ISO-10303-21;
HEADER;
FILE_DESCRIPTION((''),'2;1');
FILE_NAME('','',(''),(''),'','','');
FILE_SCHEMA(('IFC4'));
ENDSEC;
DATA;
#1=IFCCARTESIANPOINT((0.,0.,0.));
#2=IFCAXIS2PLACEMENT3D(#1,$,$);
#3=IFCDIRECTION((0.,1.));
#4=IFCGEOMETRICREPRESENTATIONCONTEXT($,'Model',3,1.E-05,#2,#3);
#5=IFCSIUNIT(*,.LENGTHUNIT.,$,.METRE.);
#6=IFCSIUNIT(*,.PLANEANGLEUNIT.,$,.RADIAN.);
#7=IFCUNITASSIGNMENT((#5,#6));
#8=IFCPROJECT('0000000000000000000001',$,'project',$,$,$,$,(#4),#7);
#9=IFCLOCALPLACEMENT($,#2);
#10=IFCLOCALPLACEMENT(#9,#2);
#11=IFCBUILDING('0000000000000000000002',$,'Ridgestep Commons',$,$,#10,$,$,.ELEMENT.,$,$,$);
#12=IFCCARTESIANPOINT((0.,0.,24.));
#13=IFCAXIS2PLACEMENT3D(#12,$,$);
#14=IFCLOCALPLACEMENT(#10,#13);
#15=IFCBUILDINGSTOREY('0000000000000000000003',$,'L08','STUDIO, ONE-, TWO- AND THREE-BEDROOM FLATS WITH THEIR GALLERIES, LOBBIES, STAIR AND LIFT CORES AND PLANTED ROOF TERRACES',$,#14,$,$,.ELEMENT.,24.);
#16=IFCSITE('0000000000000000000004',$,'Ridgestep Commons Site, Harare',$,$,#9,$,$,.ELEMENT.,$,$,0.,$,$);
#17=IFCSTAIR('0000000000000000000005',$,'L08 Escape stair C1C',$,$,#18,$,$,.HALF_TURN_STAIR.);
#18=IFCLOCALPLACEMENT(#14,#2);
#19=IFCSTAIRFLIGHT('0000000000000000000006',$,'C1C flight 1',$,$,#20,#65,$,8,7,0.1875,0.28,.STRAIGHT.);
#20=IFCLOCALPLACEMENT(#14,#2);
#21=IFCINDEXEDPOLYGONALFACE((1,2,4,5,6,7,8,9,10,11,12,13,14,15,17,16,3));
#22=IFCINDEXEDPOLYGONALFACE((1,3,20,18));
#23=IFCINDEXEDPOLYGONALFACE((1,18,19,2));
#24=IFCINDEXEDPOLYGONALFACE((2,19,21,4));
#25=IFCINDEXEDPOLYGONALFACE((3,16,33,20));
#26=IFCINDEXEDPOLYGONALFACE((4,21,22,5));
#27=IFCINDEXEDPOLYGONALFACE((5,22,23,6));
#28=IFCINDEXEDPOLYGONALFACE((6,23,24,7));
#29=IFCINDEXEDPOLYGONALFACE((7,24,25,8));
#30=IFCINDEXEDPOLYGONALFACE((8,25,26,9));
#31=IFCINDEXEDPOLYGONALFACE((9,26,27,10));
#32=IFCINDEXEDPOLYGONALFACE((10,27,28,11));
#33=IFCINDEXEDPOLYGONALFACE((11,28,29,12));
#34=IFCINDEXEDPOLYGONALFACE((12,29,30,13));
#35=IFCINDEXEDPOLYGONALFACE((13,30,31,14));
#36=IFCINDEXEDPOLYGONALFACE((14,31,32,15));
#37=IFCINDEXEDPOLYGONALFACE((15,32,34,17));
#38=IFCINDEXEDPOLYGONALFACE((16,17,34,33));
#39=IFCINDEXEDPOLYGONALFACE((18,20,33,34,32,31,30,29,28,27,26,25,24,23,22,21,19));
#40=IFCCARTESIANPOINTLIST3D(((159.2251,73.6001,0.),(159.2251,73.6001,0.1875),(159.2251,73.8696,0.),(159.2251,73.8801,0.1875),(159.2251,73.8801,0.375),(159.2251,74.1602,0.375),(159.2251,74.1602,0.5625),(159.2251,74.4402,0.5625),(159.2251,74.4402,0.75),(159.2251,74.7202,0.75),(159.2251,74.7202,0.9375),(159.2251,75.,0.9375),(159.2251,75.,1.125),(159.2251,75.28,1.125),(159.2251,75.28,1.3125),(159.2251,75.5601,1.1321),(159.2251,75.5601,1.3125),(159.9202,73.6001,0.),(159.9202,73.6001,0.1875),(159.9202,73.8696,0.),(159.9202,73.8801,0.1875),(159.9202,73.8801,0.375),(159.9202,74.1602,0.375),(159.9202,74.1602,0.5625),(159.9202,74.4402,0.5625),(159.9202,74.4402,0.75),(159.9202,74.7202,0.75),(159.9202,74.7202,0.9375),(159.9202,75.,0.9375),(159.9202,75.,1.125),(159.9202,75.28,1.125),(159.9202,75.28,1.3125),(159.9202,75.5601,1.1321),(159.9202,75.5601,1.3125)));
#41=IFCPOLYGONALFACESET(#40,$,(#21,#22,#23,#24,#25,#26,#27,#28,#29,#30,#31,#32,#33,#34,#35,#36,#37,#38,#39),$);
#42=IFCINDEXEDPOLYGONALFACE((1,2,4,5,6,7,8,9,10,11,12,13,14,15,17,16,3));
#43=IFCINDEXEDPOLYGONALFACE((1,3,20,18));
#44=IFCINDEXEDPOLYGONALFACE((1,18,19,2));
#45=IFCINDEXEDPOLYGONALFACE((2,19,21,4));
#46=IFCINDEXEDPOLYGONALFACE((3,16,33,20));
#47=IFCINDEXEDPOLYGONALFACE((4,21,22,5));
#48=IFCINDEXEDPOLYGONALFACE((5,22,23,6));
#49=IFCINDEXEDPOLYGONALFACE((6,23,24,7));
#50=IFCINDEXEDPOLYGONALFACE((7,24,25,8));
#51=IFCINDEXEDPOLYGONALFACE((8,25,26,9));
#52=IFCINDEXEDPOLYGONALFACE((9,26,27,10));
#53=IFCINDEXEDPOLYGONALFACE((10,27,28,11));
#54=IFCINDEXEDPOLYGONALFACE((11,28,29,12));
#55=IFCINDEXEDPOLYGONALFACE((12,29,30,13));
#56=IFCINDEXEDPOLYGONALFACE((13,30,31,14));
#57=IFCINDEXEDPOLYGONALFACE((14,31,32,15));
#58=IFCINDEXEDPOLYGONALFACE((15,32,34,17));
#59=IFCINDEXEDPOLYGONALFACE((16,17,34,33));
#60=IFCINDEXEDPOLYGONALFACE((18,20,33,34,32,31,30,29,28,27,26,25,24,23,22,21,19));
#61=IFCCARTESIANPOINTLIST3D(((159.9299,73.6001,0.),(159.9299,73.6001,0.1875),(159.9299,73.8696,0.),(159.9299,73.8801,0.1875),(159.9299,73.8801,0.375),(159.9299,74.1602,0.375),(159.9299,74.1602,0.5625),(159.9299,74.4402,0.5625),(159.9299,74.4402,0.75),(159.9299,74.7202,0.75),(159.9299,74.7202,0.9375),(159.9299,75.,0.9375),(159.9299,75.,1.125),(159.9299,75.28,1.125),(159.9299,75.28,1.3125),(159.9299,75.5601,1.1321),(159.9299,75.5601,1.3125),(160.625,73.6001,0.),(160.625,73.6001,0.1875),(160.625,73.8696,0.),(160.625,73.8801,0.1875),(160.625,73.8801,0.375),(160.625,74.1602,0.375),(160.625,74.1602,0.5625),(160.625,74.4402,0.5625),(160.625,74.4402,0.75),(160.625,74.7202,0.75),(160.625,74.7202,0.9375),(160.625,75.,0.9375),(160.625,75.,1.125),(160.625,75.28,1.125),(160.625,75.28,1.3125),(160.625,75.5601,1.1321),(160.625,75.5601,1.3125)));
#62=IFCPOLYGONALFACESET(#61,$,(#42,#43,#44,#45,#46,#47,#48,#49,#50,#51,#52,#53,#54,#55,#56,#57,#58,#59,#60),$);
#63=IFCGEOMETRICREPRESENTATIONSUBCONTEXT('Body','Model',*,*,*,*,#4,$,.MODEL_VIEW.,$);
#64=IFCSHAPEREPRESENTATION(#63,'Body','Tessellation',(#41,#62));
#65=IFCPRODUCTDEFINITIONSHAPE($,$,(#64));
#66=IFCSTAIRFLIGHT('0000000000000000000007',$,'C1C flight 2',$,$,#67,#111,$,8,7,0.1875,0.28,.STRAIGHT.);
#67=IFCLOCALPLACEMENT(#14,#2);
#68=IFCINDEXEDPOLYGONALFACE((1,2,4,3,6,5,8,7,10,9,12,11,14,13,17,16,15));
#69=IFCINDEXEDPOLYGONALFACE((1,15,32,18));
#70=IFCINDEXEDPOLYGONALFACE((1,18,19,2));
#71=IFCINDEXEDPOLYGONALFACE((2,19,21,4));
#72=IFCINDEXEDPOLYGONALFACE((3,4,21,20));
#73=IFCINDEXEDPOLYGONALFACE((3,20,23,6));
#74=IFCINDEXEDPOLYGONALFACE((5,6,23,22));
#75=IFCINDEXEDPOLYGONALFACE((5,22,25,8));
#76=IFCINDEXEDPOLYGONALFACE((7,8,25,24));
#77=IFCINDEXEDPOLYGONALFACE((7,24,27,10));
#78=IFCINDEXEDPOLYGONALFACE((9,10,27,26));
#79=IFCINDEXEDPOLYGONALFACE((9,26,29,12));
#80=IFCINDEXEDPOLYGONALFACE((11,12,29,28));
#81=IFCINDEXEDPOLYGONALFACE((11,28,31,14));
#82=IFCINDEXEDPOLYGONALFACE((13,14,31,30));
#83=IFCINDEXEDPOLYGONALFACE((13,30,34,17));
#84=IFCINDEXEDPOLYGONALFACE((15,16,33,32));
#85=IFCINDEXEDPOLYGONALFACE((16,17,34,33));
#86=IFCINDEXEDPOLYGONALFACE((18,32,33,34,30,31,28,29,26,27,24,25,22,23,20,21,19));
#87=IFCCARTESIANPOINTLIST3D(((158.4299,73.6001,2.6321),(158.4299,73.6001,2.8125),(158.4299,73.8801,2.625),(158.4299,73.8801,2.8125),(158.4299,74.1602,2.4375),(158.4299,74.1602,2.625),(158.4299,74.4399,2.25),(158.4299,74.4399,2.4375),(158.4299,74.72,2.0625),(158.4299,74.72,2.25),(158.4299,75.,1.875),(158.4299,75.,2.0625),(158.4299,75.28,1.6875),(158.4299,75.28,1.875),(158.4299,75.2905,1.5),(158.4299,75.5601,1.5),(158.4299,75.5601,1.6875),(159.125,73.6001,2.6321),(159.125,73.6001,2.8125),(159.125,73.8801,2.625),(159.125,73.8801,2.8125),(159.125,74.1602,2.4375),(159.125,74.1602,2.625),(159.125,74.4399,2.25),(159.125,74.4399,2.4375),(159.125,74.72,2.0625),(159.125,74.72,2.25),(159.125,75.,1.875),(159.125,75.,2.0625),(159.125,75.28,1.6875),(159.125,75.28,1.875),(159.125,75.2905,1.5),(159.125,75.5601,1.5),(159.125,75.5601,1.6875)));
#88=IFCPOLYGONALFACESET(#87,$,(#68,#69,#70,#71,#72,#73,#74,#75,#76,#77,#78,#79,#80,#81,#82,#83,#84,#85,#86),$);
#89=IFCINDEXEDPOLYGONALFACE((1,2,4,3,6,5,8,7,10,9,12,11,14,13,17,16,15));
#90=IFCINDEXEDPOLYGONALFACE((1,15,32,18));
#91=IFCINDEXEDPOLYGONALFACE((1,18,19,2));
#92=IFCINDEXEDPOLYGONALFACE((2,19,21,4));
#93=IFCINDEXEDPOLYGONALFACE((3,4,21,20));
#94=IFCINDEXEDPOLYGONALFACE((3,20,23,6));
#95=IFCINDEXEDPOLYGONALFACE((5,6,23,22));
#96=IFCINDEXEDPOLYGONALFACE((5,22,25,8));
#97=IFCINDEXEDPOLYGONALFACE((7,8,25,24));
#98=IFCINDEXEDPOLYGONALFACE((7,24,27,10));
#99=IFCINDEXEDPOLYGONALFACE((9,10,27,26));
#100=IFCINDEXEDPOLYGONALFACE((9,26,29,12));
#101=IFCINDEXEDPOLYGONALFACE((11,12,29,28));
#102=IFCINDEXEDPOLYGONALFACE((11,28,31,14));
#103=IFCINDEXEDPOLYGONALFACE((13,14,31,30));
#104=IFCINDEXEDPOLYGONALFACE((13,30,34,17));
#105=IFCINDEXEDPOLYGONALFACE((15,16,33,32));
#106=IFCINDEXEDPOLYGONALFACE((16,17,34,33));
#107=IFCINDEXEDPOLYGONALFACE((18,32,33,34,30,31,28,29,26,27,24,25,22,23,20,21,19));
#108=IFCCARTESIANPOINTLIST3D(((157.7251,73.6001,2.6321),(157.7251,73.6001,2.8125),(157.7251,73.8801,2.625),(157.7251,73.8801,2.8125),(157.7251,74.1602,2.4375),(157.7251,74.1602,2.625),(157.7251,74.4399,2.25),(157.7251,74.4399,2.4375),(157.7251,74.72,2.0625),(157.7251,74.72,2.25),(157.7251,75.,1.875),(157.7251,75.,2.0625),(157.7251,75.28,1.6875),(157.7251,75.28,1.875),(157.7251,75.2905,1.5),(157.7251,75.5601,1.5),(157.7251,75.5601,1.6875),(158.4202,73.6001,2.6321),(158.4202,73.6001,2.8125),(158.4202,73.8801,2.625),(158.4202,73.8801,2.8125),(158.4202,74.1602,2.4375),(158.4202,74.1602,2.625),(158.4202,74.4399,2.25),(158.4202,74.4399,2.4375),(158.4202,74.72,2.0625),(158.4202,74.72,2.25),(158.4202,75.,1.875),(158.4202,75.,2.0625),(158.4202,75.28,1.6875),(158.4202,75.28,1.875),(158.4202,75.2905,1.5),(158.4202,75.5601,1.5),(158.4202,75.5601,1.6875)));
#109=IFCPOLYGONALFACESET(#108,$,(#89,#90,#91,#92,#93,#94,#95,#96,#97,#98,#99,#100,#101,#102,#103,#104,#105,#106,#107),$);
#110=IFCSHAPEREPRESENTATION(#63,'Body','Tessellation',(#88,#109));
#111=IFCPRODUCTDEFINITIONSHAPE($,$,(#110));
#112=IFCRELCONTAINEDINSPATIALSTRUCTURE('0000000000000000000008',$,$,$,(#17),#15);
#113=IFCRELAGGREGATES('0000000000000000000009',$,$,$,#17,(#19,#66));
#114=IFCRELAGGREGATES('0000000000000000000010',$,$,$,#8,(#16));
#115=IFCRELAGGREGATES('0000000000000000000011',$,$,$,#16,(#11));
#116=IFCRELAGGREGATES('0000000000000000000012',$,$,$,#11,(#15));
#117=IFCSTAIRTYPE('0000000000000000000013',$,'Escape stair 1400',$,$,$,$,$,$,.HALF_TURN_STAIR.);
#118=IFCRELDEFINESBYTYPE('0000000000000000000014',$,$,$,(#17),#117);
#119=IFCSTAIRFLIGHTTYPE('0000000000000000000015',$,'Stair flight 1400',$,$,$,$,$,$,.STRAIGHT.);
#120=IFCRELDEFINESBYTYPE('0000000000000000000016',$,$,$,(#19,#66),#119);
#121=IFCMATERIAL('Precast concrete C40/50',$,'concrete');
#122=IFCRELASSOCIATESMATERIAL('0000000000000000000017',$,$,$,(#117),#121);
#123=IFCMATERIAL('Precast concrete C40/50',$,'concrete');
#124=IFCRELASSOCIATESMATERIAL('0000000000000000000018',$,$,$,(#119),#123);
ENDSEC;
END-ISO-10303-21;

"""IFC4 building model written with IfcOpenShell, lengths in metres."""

from ifc_helpers import new_model, si_unit, direction, frame, origin, place, context, subcontext, project, spatial, polyline, outline, extrude, material, type_object, element, aggregate, save


model = new_model("IFC4")

# Units and contexts
model_context = context("Model", 3, precision=1e-05, world=origin(), true_north=direction((0.0, 1.0)))
body_context = subcontext(model_context, "Body", "Model", "MODEL_VIEW")
ifc_project = project(units=[si_unit("LENGTHUNIT", "METRE"), si_unit("PLANEANGLEUNIT", "RADIAN")], contexts=[model_context])

# Site, building, storey
site_placement = place(None, origin())
site = spatial("IfcSite", under=ifc_project, at=site_placement, Name="Ridgestep Commons Site, Harare", CompositionType="ELEMENT", RefElevation=0.0)
building_placement = place(site_placement, origin())
building = spatial("IfcBuilding", under=site, at=building_placement, Name="Ridgestep Commons", CompositionType="ELEMENT")
storey_placement = place(building_placement, frame((0.0, 0.0, 24.0)))
storey = spatial("IfcBuildingStorey", under=building, at=storey_placement, Name="L08", Description="STUDIO, ONE-, TWO- AND THREE-BEDROOM FLATS WITH THEIR GALLERIES, LOBBIES, STAIR AND LIFT CORES AND PLANTED ROOF TERRACES", CompositionType="ELEMENT", Elevation=24.0)

# Stair, stair flights
ifc_material_1 = material(Name="Precast concrete C40/50", Category="concrete")
stair_type = type_object("IfcStairType", Name="Escape stair 1400", PredefinedType="HALF_TURN_STAIR", material=ifc_material_1)
stair_placement = place(storey_placement, origin())
stair = element("IfcStair", 1, at=stair_placement, inside=storey, type_object=stair_type, Name="L08 Escape stair C1C", PredefinedType="HALF_TURN_STAIR")
ifc_material_2 = material(Name="Precast concrete C40/50", Category="concrete")
stair_flight_type = type_object("IfcStairFlightType", Name="Stair flight 1400", PredefinedType="STRAIGHT", material=ifc_material_2)
stair_flight_1_placement = place(storey_placement, frame((159.925, 73.6001, 0.0), z_axis=(0.0, 0.0, 1.0), x_axis=(0.0, 1.0, 0.0)))
stair_flight_1 = element("IfcStairFlight", 2, at=stair_flight_1_placement, type_object=stair_flight_type, Name="C1C flight 1", NumberOfRisers=8, NumberOfTreads=7, PredefinedType="STRAIGHT", RiserHeight=0.1875, TreadLength=0.28, context=body_context, shape_type="SweptSolid", body=[
    extrude(outline(polyline([(0.0, 0.0), (0.0, 0.1875), (0.28, 0.1875), (0.28, 0.375), (0.5601, 0.375), (0.5601, 0.5625), (0.8401, 0.5625), (0.8401, 0.75), (1.1201, 0.75), (1.1201, 0.9375), (1.3999, 0.9375), (1.3999, 1.125), (1.6799, 1.125), (1.6799, 1.3125), (1.96, 1.3125), (1.96, 1.5), (1.96, 1.1321), (0.2695, 0.0), (0.0, 0.0)])), frame((0.0, 0.7, 0.0), z_axis=(0.0, -1.0, 0.0), x_axis=(1.0, 0.0, 0.0)), (0.0, 0.0, 1.0), 0.6951),
    extrude(outline(polyline([(0.0, 0.0), (0.0, 0.1875), (0.28, 0.1875), (0.28, 0.375), (0.5601, 0.375), (0.5601, 0.5625), (0.8401, 0.5625), (0.8401, 0.75), (1.1201, 0.75), (1.1201, 0.9375), (1.3999, 0.9375), (1.3999, 1.125), (1.6799, 1.125), (1.6799, 1.3125), (1.96, 1.3125), (1.96, 1.5), (1.96, 1.1321), (0.2695, 0.0), (0.0, 0.0)])), frame((0.0, -0.0049, 0.0), z_axis=(0.0, -1.0, 0.0), x_axis=(1.0, 0.0, 0.0)), (0.0, 0.0, 1.0), 0.6951),
])
stair_flight_2_placement = place(storey_placement, frame((158.425, 75.5601, 1.5), z_axis=(0.0, 0.0, 1.0), x_axis=(0.0, -1.0, 0.0)))
stair_flight_2 = element("IfcStairFlight", 3, at=stair_flight_2_placement, type_object=stair_flight_type, Name="C1C flight 2", NumberOfRisers=8, NumberOfTreads=7, PredefinedType="STRAIGHT", RiserHeight=0.1875, TreadLength=0.28, context=body_context, shape_type="SweptSolid", body=[
    extrude(outline(polyline([(0.0, 0.0), (0.0, 0.1875), (0.28, 0.1875), (0.28, 0.375), (0.5601, 0.375), (0.5601, 0.5625), (0.8401, 0.5625), (0.8401, 0.75), (1.1201, 0.75), (1.1201, 0.9375), (1.3999, 0.9375), (1.3999, 1.125), (1.6799, 1.125), (1.6799, 1.3125), (1.96, 1.3125), (1.96, 1.5), (1.96, 1.1321), (0.2695, 0.0), (0.0, 0.0)])), frame((0.0, 0.7, 0.0), z_axis=(0.0, -1.0, 0.0), x_axis=(1.0, 0.0, 0.0)), (0.0, 0.0, 1.0), 0.6951),
    extrude(outline(polyline([(0.0, 0.0), (0.0, 0.1875), (0.28, 0.1875), (0.28, 0.375), (0.5601, 0.375), (0.5601, 0.5625), (0.8401, 0.5625), (0.8401, 0.75), (1.1201, 0.75), (1.1201, 0.9375), (1.3999, 0.9375), (1.3999, 1.125), (1.6799, 1.125), (1.6799, 1.3125), (1.96, 1.3125), (1.96, 1.5), (1.96, 1.1321), (0.2695, 0.0), (0.0, 0.0)])), frame((0.0, -0.0049, 0.0), z_axis=(0.0, -1.0, 0.0), x_axis=(1.0, 0.0, 0.0)), (0.0, 0.0, 1.0), 0.6951),
])
aggregate(stair, [stair_flight_1, stair_flight_2])

save(model, "model.ifc")
